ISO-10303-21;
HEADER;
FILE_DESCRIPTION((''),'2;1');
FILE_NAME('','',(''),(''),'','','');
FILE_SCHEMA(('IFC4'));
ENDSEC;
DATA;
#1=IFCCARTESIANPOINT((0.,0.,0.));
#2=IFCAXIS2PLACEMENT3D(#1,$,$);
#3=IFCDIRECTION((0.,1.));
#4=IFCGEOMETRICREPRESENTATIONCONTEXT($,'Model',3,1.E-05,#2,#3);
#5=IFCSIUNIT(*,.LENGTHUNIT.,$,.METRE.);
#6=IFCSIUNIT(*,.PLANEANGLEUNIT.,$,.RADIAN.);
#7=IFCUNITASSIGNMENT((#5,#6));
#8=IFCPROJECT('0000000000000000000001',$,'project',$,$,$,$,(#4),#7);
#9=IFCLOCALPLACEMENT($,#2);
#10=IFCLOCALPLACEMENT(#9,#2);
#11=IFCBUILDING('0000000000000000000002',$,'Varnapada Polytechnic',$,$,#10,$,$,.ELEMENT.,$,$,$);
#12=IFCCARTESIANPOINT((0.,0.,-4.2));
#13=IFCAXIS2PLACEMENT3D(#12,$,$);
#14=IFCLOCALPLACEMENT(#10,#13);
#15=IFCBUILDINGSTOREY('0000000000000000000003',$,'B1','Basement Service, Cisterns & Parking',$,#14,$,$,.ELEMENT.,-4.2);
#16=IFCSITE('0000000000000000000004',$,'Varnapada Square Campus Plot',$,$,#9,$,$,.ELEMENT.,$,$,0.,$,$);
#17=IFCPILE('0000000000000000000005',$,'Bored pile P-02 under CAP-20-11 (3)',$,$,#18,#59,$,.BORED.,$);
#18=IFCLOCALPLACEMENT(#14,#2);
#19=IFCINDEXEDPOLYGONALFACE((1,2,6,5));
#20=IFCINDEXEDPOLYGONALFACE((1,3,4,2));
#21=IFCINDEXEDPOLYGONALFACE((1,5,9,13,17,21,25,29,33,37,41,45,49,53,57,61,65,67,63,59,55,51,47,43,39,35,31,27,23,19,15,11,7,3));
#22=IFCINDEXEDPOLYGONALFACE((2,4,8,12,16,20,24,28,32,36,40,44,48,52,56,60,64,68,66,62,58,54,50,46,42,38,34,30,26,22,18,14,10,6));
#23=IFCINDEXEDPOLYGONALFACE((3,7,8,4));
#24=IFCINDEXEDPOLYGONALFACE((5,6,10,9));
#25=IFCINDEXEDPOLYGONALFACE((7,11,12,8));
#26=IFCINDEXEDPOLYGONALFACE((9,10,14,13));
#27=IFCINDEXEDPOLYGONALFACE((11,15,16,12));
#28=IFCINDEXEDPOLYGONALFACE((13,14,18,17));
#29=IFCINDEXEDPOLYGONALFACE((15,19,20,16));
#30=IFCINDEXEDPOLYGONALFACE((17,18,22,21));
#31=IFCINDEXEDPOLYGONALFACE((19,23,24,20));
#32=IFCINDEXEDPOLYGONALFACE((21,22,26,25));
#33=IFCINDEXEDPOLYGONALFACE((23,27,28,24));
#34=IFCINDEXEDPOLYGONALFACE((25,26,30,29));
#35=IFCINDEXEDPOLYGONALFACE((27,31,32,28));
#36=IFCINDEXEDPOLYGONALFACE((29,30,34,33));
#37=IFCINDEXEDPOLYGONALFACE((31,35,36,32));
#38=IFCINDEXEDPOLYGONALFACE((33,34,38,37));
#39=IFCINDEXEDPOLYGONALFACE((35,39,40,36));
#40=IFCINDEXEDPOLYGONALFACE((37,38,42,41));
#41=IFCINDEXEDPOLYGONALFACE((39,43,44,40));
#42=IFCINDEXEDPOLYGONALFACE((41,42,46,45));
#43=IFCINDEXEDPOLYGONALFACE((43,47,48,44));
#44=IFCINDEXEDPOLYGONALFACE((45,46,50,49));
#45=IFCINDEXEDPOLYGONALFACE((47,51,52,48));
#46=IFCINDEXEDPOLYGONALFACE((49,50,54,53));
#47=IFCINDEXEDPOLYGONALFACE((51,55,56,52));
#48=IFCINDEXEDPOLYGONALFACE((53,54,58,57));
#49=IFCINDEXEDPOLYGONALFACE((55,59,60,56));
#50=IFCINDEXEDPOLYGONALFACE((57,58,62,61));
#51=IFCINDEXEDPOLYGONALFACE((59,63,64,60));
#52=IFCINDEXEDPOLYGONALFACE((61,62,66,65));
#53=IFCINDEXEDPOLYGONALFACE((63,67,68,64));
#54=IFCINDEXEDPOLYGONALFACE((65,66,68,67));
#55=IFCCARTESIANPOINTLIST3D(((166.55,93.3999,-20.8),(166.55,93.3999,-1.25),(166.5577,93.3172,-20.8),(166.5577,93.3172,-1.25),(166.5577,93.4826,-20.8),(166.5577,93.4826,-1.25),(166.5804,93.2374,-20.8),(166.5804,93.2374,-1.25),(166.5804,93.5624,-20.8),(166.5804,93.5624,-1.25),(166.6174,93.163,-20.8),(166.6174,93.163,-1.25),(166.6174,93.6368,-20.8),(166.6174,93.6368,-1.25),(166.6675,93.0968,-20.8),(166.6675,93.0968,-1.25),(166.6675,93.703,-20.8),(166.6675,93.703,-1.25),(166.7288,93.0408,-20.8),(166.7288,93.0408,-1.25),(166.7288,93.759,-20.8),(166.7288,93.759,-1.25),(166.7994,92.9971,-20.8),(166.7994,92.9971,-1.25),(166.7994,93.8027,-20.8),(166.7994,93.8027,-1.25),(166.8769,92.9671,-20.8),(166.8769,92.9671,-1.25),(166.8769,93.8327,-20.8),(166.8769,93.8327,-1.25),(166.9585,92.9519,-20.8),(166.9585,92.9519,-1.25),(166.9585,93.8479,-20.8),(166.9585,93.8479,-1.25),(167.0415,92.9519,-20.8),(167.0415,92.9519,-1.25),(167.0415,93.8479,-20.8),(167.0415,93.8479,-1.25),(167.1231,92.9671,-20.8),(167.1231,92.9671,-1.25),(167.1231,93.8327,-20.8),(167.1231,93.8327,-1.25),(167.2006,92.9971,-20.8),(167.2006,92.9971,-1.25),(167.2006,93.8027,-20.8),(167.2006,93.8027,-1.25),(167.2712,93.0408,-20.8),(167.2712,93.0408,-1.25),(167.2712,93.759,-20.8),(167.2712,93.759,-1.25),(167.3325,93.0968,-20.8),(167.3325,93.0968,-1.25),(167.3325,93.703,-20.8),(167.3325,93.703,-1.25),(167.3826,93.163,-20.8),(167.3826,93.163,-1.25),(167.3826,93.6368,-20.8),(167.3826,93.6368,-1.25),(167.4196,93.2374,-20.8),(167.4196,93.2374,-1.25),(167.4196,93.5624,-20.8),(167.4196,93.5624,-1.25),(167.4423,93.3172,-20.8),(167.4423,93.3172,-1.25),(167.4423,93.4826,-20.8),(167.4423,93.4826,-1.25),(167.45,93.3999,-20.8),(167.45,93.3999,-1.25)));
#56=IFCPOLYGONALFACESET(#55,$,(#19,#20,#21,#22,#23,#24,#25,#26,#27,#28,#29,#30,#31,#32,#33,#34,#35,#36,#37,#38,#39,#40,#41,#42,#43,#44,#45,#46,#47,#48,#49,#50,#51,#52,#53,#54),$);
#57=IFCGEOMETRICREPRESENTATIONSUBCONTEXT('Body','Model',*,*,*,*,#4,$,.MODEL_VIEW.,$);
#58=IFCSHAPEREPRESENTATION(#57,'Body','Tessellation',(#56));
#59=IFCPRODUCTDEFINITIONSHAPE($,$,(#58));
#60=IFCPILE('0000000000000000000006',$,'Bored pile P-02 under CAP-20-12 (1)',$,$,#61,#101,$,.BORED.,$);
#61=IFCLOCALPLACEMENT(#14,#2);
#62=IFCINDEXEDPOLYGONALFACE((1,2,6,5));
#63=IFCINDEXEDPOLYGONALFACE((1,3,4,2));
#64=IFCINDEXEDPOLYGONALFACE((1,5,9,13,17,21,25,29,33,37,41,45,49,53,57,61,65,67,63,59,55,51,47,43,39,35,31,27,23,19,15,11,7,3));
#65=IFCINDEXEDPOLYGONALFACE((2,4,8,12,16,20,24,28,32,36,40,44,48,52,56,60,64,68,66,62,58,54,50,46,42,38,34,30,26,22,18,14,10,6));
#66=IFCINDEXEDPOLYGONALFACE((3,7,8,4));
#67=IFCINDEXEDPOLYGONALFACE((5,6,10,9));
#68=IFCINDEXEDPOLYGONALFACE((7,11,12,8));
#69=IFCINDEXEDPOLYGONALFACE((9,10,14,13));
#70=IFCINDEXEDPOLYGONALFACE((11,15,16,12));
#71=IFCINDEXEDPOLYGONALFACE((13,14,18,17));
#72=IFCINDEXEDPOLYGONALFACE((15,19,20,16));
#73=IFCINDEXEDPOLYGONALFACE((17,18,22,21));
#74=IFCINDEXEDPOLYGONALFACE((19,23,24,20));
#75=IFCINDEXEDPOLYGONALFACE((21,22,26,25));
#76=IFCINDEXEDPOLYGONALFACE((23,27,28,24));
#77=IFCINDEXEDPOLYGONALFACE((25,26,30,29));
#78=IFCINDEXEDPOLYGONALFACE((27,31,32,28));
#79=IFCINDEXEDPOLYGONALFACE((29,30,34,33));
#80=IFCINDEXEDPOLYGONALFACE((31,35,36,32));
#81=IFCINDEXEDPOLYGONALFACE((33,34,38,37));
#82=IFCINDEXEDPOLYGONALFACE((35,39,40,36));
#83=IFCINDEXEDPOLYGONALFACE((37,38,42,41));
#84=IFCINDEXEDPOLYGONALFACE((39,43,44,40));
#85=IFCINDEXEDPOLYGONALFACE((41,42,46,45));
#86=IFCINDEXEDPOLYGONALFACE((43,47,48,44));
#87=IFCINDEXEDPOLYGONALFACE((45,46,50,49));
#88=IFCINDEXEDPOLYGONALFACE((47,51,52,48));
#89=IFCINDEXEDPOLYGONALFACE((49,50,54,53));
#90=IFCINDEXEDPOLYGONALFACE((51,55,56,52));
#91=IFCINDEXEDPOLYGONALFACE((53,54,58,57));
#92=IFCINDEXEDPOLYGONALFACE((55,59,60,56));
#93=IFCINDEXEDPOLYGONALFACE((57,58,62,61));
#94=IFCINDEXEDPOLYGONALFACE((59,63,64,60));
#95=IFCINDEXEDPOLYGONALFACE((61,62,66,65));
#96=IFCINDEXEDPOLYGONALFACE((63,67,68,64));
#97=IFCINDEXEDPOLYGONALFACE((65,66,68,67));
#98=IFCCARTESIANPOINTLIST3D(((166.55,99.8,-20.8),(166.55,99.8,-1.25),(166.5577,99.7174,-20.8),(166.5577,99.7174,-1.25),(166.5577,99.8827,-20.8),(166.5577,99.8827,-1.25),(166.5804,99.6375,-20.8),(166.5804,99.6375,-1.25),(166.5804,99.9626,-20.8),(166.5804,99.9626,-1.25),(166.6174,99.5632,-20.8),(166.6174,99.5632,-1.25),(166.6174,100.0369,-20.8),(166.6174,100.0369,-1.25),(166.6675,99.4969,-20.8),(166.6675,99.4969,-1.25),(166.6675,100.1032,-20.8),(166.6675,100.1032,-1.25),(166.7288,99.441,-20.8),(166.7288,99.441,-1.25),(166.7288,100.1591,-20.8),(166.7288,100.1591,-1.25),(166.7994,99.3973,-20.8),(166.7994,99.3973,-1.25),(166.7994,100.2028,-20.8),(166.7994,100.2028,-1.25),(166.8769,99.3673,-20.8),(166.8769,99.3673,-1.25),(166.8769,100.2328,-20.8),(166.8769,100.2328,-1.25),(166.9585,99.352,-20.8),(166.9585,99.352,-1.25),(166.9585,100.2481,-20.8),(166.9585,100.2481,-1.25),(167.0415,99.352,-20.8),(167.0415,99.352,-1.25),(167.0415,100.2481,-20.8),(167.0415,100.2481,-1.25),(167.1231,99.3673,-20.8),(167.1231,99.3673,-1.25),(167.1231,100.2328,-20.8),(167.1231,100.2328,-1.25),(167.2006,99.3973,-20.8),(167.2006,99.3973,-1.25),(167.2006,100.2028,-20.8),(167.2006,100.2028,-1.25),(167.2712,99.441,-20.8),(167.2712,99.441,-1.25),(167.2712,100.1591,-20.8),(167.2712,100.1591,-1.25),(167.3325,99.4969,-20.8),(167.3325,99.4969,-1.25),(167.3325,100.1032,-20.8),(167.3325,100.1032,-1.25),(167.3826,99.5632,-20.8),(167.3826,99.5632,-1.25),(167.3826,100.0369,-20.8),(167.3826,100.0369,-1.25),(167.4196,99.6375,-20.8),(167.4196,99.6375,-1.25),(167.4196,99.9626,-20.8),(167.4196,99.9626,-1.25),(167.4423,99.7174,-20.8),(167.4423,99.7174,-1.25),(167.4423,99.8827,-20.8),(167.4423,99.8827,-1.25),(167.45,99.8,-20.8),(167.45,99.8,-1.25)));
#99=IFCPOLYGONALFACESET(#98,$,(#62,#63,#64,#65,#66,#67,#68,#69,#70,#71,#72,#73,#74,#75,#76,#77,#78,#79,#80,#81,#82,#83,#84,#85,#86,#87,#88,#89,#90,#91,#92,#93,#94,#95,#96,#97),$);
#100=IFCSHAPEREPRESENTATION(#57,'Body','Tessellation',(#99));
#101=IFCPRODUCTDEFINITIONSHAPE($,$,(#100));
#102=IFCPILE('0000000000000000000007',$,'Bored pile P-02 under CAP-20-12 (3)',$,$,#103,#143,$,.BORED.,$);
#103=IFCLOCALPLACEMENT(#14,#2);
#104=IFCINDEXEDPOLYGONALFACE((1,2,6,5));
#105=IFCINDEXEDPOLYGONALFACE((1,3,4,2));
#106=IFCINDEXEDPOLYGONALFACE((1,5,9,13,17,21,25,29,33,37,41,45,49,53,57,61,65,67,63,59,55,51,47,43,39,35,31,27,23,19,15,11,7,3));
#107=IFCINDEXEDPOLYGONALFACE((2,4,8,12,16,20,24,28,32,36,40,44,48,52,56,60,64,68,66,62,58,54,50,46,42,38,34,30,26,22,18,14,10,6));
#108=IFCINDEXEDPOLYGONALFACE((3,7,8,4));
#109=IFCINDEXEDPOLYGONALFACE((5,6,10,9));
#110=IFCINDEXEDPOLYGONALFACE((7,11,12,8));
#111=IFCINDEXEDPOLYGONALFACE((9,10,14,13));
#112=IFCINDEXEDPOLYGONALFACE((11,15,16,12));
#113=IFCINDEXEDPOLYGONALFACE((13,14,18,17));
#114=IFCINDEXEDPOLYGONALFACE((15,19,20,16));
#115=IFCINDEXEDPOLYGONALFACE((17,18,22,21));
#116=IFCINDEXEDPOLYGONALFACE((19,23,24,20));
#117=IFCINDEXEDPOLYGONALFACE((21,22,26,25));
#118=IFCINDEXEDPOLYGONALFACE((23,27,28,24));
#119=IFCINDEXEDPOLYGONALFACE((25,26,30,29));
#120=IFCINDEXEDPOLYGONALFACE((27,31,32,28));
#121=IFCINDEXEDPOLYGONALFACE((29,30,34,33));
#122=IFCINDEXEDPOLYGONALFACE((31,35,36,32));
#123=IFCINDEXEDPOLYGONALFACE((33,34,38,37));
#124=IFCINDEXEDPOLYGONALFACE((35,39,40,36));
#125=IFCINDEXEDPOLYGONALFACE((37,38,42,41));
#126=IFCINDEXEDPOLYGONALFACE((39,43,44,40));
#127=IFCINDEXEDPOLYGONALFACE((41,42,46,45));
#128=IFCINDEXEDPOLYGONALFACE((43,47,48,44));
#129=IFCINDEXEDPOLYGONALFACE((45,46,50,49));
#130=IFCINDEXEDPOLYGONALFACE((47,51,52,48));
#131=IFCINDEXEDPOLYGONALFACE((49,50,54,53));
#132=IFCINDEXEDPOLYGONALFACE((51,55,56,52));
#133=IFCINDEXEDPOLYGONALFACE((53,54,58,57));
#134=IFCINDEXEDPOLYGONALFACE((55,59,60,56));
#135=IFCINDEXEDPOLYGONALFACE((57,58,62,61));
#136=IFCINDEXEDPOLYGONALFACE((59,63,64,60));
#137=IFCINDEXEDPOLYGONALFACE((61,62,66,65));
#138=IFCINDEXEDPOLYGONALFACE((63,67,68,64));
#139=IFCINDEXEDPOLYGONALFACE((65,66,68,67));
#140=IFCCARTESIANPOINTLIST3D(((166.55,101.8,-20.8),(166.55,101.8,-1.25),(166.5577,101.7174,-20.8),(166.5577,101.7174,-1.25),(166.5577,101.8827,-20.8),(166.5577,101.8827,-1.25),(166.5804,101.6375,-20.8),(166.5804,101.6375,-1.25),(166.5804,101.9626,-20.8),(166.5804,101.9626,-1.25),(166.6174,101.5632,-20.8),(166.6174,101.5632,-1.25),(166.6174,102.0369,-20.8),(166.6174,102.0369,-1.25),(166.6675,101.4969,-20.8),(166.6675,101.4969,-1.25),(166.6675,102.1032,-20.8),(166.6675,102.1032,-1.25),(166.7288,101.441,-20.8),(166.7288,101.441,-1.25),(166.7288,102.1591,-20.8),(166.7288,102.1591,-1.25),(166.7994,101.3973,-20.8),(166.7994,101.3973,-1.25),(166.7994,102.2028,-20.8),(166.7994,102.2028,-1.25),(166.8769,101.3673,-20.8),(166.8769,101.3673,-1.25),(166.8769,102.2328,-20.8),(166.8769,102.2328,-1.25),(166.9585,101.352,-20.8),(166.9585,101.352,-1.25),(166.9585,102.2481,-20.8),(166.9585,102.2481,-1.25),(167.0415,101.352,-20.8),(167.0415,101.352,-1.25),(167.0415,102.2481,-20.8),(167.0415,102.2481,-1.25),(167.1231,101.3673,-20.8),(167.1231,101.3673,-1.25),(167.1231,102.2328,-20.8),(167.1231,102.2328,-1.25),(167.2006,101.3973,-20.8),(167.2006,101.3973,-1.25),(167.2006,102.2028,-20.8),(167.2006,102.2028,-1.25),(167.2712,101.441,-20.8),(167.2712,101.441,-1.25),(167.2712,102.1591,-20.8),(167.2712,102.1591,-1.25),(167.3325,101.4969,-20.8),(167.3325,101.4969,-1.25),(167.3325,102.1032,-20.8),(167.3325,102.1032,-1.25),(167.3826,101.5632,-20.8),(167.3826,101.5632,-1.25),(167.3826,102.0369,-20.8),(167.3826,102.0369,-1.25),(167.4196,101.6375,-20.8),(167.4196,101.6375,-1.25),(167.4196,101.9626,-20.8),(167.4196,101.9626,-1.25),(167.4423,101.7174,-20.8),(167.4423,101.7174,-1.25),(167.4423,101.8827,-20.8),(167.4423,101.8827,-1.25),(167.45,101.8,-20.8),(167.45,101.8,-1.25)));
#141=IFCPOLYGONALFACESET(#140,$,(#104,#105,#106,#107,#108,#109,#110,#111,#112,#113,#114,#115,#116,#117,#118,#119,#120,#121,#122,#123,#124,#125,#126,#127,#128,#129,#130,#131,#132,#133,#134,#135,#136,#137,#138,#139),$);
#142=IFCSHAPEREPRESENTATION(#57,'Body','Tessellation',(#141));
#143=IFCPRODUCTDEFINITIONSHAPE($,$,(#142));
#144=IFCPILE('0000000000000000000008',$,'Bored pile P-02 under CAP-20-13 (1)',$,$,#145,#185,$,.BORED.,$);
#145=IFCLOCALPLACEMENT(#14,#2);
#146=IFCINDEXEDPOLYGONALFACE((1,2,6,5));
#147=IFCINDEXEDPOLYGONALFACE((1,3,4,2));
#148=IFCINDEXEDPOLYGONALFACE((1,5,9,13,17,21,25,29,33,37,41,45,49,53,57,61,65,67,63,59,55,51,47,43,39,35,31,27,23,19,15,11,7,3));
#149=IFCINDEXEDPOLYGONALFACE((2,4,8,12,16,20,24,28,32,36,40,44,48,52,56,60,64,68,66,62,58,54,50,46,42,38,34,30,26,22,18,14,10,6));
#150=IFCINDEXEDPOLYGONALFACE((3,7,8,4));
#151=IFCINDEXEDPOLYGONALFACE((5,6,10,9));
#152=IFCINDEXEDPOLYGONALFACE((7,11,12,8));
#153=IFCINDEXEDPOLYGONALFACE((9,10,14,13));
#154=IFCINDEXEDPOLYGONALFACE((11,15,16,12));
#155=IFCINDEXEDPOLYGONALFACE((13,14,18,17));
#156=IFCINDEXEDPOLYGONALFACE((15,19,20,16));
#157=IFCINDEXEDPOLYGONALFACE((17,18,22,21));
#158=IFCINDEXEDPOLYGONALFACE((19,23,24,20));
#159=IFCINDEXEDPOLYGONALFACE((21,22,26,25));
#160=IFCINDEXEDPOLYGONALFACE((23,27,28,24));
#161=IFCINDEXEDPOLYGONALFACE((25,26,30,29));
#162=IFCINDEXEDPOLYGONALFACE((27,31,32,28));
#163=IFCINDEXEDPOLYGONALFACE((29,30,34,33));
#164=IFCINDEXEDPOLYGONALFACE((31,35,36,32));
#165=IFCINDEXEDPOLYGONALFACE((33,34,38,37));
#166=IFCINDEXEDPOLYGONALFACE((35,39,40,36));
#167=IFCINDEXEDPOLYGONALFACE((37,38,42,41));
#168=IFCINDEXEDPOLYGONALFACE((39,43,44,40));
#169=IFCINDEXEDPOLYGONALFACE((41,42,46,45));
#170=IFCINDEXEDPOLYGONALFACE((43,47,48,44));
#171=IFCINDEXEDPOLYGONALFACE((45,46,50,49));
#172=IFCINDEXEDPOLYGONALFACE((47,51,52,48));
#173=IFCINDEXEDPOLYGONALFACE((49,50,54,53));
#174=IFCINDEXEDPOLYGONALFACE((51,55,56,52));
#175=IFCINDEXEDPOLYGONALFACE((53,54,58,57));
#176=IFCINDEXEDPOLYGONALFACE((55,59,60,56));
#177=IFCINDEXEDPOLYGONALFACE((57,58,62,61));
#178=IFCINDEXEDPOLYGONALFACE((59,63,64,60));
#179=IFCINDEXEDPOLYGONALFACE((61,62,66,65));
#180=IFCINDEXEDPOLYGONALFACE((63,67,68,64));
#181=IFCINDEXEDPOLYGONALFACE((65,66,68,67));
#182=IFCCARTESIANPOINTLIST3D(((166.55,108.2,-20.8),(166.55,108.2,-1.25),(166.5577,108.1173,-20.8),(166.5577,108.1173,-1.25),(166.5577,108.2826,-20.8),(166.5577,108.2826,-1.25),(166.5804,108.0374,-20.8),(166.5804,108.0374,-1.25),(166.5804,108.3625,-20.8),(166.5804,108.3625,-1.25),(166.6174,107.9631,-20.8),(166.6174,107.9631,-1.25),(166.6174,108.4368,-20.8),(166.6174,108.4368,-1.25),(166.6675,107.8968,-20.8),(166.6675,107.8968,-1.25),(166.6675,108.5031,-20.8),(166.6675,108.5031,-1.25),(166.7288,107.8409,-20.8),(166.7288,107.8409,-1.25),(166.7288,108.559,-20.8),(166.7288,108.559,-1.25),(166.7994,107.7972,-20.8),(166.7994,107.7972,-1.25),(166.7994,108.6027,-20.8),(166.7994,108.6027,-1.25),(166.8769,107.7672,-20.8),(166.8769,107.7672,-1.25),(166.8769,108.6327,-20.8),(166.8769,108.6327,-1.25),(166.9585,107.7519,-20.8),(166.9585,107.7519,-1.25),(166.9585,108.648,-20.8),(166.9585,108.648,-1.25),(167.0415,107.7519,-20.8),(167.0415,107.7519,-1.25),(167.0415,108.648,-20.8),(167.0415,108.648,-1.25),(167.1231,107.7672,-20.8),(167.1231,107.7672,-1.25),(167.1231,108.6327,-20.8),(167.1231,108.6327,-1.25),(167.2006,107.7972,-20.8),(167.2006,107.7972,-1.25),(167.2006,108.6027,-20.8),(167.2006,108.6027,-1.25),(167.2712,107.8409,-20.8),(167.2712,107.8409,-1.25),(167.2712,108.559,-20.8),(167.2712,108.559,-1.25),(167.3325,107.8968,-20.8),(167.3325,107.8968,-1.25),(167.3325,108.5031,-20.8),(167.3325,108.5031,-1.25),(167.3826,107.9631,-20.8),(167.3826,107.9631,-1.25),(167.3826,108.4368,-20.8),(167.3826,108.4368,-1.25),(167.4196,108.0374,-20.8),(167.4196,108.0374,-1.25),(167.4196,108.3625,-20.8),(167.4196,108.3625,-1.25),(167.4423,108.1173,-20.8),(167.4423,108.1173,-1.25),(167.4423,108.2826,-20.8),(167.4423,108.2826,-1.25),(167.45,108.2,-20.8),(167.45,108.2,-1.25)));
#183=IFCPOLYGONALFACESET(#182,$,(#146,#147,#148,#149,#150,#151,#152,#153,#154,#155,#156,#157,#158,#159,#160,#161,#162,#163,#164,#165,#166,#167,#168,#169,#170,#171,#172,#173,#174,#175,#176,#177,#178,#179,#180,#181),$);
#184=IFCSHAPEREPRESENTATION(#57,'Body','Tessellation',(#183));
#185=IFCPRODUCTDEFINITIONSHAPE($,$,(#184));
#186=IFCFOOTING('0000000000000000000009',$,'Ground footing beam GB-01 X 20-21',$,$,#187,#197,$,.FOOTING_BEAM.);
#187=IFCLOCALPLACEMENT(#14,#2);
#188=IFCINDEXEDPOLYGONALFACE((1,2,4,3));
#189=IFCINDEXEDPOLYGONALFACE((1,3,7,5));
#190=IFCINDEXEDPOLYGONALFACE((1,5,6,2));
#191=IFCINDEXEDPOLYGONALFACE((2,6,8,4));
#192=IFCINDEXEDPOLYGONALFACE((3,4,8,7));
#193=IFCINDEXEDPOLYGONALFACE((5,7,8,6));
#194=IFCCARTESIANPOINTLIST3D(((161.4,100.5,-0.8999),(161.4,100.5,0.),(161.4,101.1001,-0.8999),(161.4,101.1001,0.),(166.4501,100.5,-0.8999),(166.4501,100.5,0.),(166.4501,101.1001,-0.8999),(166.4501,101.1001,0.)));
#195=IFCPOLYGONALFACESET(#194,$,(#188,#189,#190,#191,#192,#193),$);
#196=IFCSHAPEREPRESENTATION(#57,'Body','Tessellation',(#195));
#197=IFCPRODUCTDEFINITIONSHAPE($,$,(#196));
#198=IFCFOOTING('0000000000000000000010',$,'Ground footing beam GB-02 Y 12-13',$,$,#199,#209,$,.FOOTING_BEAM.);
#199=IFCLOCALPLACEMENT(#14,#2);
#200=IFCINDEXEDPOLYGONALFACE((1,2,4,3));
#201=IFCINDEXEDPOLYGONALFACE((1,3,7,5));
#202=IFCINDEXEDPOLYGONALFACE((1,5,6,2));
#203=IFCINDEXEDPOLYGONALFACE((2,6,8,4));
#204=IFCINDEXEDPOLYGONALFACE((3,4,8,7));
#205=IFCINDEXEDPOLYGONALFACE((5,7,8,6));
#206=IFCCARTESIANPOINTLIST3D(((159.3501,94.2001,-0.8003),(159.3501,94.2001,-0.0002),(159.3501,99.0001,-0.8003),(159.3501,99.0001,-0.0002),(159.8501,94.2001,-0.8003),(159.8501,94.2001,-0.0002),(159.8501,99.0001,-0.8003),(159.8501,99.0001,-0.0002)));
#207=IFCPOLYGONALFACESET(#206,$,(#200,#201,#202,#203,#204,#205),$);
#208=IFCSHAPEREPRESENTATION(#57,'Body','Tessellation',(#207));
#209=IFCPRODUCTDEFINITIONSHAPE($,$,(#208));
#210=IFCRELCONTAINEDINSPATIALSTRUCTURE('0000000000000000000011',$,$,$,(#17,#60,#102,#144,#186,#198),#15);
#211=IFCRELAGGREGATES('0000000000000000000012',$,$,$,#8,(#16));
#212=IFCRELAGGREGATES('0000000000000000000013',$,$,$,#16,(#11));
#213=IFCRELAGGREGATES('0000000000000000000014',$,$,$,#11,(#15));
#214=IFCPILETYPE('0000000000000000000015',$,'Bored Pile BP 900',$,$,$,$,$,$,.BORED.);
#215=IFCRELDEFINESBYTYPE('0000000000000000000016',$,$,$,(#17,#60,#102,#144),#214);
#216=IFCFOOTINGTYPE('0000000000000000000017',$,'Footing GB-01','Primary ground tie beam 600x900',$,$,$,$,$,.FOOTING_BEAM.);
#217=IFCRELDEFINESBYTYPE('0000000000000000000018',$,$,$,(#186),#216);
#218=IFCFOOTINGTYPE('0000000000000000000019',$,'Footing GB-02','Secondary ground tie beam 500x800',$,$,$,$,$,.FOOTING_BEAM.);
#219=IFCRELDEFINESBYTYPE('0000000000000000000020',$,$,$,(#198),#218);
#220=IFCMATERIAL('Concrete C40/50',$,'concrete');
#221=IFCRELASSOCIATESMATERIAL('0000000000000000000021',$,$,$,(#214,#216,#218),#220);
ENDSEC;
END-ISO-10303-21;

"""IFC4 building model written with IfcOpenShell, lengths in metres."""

from ifc_helpers import new_model, si_unit, direction, frame, origin, origin_2d, place, context, subcontext, project, spatial, rectangle, circle, extrude, material, material_profile, profile_set, type_object, element, save


model = new_model("IFC4")

# Units and contexts
model_context = context("Model", 3, precision=1e-05, world=origin(), true_north=direction((0.0, 1.0)))
body_context = subcontext(model_context, "Body", "Model", "MODEL_VIEW")
ifc_project = project(units=[si_unit("LENGTHUNIT", "METRE"), si_unit("PLANEANGLEUNIT", "RADIAN")], contexts=[model_context])

# Site, building, storey
site_placement = place(None, origin())
site = spatial("IfcSite", under=ifc_project, at=site_placement, Name="Varnapada Square Campus Plot", CompositionType="ELEMENT", RefElevation=0.0)
building_placement = place(site_placement, origin())
building = spatial("IfcBuilding", under=site, at=building_placement, Name="Varnapada Polytechnic", CompositionType="ELEMENT")
storey_placement = place(building_placement, frame((0.0, 0.0, -4.2)))
storey = spatial("IfcBuildingStorey", under=building, at=storey_placement, Name="B1", Description="Basement Service, Cisterns & Parking", CompositionType="ELEMENT", Elevation=-4.2)

# Piles
ifc_material_1 = material(Name="Concrete C40/50", Category="concrete")
ifc_material_profile_1 = material_profile(ifc_material_1, circle(Radius=0.45, at=origin_2d()), Name="BP 900")
ifc_profile_set_1 = profile_set([ifc_material_profile_1], Name="Concrete C40/50")
pile_type_1 = type_object("IfcPileType", Name="Bored Pile BP 900", PredefinedType="BORED", material=ifc_profile_set_1)
for number, where, z_axis, x_axis, name in (
    (1, (167.0, 93.3999, -1.25), (0.0, 0.0, -1.0), (1.0, 0.0, 0.0), "Bored pile P-02 under CAP-20-11 (3)"),
    (2, (167.0, 99.8, -1.25), (0.0, 0.0, -1.0), (1.0, 0.0, 0.0), "Bored pile P-02 under CAP-20-12 (1)"),
    (3, (167.0, 101.8, -1.25), (0.0, 0.0, -1.0), (1.0, 0.0, 0.0), "Bored pile P-02 under CAP-20-12 (3)"),
    (4, (167.0, 108.2, -1.25), (0.0, 0.0, -1.0), (1.0, 0.0, 0.0), "Bored pile P-02 under CAP-20-13 (1)"),
):
    element("IfcPile", number, at=place(storey_placement, frame(where, z_axis=z_axis, x_axis=x_axis)), inside=storey, type_object=pile_type_1, Name=name, PredefinedType="BORED", context=body_context, shape_type="SweptSolid", body=[
        extrude(circle(Radius=0.45, at=origin_2d()), origin(), (0.0, 0.0, 1.0), 19.55),
    ])

# Footings
footing_type_1 = type_object("IfcFootingType", Name="Footing GB-01", Description="Primary ground tie beam 600x900", PredefinedType="FOOTING_BEAM", material=ifc_material_1)
footing_1_placement = place(storey_placement, frame((163.925, 100.8, -0.8999), z_axis=(0.0, 0.0, 1.0), x_axis=(1.0, 0.0, 0.0)))
element("IfcFooting", 5, at=footing_1_placement, inside=storey, type_object=footing_type_1, Name="Ground footing beam GB-01 X 20-21", PredefinedType="FOOTING_BEAM", context=body_context, shape_type="SweptSolid", body=[
    extrude(rectangle(XDim=5.05, YDim=0.6001, at=origin_2d()), origin(), (0.0, 0.0, 1.0), 0.8999),
])
footing_type_2 = type_object("IfcFootingType", Name="Footing GB-02", Description="Secondary ground tie beam 500x800", PredefinedType="FOOTING_BEAM", material=ifc_material_1)
footing_2_placement = place(storey_placement, frame((159.6001, 96.6001, -0.8003), z_axis=(0.0, 0.0, 1.0), x_axis=(0.0, 1.0, 0.0)))
element("IfcFooting", 6, at=footing_2_placement, inside=storey, type_object=footing_type_2, Name="Ground footing beam GB-02 Y 12-13", PredefinedType="FOOTING_BEAM", context=body_context, shape_type="SweptSolid", body=[
    extrude(rectangle(XDim=4.8, YDim=0.5, at=origin_2d()), origin(), (0.0, 0.0, 1.0), 0.8),
])

save(model, "model.ifc")
